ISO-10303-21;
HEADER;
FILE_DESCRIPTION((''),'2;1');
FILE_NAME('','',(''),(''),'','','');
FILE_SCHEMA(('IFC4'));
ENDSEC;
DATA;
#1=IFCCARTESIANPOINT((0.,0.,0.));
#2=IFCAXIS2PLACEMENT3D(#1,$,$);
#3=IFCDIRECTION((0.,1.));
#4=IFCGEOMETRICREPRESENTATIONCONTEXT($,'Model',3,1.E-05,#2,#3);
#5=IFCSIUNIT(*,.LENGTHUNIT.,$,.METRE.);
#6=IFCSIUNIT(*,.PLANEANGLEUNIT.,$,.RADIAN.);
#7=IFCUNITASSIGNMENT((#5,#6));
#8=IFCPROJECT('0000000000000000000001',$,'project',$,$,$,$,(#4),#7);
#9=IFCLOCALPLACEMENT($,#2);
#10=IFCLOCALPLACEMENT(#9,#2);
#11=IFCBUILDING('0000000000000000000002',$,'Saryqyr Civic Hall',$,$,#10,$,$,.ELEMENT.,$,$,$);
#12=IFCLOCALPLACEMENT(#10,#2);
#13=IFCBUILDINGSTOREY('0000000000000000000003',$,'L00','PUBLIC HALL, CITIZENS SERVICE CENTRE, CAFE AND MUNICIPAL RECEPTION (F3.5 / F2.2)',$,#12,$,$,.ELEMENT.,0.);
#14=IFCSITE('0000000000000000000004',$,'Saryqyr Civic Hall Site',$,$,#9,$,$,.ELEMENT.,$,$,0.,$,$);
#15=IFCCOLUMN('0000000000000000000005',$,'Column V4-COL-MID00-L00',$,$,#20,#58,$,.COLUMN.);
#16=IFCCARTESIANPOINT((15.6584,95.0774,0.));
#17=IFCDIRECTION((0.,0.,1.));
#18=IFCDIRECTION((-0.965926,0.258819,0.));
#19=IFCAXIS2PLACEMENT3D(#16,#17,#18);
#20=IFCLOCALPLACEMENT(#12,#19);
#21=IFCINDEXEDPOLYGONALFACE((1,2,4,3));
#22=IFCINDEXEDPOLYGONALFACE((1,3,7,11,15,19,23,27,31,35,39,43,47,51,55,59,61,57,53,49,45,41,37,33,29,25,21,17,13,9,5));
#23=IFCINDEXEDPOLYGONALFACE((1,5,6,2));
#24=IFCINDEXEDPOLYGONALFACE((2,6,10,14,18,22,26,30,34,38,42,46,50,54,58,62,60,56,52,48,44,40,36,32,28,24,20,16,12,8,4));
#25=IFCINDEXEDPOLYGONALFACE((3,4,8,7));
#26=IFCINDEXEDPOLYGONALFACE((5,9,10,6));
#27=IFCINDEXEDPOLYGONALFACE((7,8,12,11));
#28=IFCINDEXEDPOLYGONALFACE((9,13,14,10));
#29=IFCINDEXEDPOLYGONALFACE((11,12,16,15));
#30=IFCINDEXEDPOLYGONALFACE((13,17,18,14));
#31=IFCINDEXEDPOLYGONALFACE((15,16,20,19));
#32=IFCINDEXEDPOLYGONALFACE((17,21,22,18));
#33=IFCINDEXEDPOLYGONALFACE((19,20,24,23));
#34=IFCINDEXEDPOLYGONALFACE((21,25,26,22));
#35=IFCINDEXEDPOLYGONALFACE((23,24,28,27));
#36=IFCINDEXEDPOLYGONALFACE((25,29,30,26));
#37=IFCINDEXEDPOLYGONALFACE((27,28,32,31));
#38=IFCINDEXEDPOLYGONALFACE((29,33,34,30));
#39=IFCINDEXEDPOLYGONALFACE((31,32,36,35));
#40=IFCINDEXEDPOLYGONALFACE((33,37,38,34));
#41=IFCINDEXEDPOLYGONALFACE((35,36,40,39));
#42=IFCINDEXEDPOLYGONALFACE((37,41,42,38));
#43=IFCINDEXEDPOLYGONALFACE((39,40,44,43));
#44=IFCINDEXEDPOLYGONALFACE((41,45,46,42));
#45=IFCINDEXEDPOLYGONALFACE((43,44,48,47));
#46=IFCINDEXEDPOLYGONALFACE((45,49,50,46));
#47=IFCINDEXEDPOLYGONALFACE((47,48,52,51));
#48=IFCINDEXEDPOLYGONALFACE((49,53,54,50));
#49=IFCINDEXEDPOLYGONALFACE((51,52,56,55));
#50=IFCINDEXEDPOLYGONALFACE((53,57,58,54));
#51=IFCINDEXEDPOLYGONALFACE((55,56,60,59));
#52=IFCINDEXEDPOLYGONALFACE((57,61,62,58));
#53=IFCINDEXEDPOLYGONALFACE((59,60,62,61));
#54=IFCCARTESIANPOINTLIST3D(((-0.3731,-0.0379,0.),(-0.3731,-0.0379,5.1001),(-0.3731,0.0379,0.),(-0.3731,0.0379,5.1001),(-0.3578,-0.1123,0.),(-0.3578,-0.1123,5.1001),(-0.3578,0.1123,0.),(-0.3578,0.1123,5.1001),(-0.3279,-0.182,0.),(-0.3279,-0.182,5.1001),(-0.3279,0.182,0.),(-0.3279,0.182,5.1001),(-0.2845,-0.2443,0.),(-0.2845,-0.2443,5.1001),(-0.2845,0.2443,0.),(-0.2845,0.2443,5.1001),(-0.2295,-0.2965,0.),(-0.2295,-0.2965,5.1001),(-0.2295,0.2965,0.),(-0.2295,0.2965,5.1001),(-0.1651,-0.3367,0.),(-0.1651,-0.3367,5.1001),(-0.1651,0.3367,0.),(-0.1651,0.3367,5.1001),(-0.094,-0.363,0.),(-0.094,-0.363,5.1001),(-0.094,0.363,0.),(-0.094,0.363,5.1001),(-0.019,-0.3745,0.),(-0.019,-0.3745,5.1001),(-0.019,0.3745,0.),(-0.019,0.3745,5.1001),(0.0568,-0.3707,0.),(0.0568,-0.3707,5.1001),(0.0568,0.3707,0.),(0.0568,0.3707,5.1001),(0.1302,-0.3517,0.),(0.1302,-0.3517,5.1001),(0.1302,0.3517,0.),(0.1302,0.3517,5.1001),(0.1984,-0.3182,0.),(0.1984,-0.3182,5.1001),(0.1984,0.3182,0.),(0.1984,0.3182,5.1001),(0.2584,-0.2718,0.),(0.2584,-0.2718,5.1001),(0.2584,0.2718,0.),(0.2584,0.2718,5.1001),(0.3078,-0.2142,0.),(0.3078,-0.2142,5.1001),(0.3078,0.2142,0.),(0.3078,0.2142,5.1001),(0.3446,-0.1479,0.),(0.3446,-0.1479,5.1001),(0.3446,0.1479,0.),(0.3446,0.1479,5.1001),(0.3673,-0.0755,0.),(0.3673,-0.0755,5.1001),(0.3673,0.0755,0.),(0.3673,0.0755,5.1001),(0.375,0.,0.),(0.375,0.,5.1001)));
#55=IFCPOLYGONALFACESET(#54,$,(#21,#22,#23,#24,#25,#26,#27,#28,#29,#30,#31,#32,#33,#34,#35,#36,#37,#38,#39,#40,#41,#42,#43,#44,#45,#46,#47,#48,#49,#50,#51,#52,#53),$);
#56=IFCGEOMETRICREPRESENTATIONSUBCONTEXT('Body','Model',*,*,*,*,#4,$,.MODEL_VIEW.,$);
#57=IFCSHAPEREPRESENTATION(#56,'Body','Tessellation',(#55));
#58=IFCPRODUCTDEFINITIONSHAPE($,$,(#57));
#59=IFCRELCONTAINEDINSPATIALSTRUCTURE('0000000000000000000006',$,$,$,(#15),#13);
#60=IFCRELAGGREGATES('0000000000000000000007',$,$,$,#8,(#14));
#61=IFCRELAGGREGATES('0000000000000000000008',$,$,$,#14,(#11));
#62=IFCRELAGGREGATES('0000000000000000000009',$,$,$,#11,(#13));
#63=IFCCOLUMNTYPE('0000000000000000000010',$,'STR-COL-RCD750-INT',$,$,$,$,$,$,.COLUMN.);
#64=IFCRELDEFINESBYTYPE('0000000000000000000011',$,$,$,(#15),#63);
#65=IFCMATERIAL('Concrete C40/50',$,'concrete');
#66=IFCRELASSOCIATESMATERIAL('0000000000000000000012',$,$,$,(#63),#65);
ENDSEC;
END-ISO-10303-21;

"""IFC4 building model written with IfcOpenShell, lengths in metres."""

from ifc_helpers import new_model, si_unit, direction, frame, origin, origin_2d, place, context, subcontext, project, spatial, circle, extrude, material, material_profile, profile_set, type_object, element, save


model = new_model("IFC4")

# Units and contexts
model_context = context("Model", 3, precision=1e-05, world=origin(), true_north=direction((0.0, 1.0)))
body_context = subcontext(model_context, "Body", "Model", "MODEL_VIEW")
ifc_project = project(units=[si_unit("LENGTHUNIT", "METRE"), si_unit("PLANEANGLEUNIT", "RADIAN")], contexts=[model_context])

# Site, building, storey
site_placement = place(None, origin())
site = spatial("IfcSite", under=ifc_project, at=site_placement, Name="Saryqyr Civic Hall Site", CompositionType="ELEMENT", RefElevation=0.0)
building_placement = place(site_placement, origin())
building = spatial("IfcBuilding", under=site, at=building_placement, Name="Saryqyr Civic Hall", CompositionType="ELEMENT")
storey_placement = place(building_placement, origin())
storey = spatial("IfcBuildingStorey", under=building, at=storey_placement, Name="L00", Description="PUBLIC HALL, CITIZENS SERVICE CENTRE, CAFE AND MUNICIPAL RECEPTION (F3.5 / F2.2)", CompositionType="ELEMENT", Elevation=0.0)

# Column
ifc_material_1 = material(Name="Concrete C40/50", Category="concrete")
ifc_material_profile_1 = material_profile(ifc_material_1, circle(Radius=0.375, at=origin_2d()), Name="RC D750")
ifc_profile_set_1 = profile_set([ifc_material_profile_1], Name="Concrete C40/50")
column_type = type_object("IfcColumnType", Name="STR-COL-RCD750-INT", PredefinedType="COLUMN", material=ifc_profile_set_1)
column_placement = place(storey_placement, frame((15.6584, 95.0774, 0.0), z_axis=(0.0, 0.0, 1.0), x_axis=(-0.965926, 0.258819, 0.0)))
element("IfcColumn", 1, at=column_placement, inside=storey, type_object=column_type, Name="Column V4-COL-MID00-L00", PredefinedType="COLUMN", context=body_context, shape_type="SweptSolid", body=[
    extrude(circle(Radius=0.375, at=origin_2d()), origin(), (0.0, 0.0, 1.0), 5.1001),
])

save(model, "model.ifc")
